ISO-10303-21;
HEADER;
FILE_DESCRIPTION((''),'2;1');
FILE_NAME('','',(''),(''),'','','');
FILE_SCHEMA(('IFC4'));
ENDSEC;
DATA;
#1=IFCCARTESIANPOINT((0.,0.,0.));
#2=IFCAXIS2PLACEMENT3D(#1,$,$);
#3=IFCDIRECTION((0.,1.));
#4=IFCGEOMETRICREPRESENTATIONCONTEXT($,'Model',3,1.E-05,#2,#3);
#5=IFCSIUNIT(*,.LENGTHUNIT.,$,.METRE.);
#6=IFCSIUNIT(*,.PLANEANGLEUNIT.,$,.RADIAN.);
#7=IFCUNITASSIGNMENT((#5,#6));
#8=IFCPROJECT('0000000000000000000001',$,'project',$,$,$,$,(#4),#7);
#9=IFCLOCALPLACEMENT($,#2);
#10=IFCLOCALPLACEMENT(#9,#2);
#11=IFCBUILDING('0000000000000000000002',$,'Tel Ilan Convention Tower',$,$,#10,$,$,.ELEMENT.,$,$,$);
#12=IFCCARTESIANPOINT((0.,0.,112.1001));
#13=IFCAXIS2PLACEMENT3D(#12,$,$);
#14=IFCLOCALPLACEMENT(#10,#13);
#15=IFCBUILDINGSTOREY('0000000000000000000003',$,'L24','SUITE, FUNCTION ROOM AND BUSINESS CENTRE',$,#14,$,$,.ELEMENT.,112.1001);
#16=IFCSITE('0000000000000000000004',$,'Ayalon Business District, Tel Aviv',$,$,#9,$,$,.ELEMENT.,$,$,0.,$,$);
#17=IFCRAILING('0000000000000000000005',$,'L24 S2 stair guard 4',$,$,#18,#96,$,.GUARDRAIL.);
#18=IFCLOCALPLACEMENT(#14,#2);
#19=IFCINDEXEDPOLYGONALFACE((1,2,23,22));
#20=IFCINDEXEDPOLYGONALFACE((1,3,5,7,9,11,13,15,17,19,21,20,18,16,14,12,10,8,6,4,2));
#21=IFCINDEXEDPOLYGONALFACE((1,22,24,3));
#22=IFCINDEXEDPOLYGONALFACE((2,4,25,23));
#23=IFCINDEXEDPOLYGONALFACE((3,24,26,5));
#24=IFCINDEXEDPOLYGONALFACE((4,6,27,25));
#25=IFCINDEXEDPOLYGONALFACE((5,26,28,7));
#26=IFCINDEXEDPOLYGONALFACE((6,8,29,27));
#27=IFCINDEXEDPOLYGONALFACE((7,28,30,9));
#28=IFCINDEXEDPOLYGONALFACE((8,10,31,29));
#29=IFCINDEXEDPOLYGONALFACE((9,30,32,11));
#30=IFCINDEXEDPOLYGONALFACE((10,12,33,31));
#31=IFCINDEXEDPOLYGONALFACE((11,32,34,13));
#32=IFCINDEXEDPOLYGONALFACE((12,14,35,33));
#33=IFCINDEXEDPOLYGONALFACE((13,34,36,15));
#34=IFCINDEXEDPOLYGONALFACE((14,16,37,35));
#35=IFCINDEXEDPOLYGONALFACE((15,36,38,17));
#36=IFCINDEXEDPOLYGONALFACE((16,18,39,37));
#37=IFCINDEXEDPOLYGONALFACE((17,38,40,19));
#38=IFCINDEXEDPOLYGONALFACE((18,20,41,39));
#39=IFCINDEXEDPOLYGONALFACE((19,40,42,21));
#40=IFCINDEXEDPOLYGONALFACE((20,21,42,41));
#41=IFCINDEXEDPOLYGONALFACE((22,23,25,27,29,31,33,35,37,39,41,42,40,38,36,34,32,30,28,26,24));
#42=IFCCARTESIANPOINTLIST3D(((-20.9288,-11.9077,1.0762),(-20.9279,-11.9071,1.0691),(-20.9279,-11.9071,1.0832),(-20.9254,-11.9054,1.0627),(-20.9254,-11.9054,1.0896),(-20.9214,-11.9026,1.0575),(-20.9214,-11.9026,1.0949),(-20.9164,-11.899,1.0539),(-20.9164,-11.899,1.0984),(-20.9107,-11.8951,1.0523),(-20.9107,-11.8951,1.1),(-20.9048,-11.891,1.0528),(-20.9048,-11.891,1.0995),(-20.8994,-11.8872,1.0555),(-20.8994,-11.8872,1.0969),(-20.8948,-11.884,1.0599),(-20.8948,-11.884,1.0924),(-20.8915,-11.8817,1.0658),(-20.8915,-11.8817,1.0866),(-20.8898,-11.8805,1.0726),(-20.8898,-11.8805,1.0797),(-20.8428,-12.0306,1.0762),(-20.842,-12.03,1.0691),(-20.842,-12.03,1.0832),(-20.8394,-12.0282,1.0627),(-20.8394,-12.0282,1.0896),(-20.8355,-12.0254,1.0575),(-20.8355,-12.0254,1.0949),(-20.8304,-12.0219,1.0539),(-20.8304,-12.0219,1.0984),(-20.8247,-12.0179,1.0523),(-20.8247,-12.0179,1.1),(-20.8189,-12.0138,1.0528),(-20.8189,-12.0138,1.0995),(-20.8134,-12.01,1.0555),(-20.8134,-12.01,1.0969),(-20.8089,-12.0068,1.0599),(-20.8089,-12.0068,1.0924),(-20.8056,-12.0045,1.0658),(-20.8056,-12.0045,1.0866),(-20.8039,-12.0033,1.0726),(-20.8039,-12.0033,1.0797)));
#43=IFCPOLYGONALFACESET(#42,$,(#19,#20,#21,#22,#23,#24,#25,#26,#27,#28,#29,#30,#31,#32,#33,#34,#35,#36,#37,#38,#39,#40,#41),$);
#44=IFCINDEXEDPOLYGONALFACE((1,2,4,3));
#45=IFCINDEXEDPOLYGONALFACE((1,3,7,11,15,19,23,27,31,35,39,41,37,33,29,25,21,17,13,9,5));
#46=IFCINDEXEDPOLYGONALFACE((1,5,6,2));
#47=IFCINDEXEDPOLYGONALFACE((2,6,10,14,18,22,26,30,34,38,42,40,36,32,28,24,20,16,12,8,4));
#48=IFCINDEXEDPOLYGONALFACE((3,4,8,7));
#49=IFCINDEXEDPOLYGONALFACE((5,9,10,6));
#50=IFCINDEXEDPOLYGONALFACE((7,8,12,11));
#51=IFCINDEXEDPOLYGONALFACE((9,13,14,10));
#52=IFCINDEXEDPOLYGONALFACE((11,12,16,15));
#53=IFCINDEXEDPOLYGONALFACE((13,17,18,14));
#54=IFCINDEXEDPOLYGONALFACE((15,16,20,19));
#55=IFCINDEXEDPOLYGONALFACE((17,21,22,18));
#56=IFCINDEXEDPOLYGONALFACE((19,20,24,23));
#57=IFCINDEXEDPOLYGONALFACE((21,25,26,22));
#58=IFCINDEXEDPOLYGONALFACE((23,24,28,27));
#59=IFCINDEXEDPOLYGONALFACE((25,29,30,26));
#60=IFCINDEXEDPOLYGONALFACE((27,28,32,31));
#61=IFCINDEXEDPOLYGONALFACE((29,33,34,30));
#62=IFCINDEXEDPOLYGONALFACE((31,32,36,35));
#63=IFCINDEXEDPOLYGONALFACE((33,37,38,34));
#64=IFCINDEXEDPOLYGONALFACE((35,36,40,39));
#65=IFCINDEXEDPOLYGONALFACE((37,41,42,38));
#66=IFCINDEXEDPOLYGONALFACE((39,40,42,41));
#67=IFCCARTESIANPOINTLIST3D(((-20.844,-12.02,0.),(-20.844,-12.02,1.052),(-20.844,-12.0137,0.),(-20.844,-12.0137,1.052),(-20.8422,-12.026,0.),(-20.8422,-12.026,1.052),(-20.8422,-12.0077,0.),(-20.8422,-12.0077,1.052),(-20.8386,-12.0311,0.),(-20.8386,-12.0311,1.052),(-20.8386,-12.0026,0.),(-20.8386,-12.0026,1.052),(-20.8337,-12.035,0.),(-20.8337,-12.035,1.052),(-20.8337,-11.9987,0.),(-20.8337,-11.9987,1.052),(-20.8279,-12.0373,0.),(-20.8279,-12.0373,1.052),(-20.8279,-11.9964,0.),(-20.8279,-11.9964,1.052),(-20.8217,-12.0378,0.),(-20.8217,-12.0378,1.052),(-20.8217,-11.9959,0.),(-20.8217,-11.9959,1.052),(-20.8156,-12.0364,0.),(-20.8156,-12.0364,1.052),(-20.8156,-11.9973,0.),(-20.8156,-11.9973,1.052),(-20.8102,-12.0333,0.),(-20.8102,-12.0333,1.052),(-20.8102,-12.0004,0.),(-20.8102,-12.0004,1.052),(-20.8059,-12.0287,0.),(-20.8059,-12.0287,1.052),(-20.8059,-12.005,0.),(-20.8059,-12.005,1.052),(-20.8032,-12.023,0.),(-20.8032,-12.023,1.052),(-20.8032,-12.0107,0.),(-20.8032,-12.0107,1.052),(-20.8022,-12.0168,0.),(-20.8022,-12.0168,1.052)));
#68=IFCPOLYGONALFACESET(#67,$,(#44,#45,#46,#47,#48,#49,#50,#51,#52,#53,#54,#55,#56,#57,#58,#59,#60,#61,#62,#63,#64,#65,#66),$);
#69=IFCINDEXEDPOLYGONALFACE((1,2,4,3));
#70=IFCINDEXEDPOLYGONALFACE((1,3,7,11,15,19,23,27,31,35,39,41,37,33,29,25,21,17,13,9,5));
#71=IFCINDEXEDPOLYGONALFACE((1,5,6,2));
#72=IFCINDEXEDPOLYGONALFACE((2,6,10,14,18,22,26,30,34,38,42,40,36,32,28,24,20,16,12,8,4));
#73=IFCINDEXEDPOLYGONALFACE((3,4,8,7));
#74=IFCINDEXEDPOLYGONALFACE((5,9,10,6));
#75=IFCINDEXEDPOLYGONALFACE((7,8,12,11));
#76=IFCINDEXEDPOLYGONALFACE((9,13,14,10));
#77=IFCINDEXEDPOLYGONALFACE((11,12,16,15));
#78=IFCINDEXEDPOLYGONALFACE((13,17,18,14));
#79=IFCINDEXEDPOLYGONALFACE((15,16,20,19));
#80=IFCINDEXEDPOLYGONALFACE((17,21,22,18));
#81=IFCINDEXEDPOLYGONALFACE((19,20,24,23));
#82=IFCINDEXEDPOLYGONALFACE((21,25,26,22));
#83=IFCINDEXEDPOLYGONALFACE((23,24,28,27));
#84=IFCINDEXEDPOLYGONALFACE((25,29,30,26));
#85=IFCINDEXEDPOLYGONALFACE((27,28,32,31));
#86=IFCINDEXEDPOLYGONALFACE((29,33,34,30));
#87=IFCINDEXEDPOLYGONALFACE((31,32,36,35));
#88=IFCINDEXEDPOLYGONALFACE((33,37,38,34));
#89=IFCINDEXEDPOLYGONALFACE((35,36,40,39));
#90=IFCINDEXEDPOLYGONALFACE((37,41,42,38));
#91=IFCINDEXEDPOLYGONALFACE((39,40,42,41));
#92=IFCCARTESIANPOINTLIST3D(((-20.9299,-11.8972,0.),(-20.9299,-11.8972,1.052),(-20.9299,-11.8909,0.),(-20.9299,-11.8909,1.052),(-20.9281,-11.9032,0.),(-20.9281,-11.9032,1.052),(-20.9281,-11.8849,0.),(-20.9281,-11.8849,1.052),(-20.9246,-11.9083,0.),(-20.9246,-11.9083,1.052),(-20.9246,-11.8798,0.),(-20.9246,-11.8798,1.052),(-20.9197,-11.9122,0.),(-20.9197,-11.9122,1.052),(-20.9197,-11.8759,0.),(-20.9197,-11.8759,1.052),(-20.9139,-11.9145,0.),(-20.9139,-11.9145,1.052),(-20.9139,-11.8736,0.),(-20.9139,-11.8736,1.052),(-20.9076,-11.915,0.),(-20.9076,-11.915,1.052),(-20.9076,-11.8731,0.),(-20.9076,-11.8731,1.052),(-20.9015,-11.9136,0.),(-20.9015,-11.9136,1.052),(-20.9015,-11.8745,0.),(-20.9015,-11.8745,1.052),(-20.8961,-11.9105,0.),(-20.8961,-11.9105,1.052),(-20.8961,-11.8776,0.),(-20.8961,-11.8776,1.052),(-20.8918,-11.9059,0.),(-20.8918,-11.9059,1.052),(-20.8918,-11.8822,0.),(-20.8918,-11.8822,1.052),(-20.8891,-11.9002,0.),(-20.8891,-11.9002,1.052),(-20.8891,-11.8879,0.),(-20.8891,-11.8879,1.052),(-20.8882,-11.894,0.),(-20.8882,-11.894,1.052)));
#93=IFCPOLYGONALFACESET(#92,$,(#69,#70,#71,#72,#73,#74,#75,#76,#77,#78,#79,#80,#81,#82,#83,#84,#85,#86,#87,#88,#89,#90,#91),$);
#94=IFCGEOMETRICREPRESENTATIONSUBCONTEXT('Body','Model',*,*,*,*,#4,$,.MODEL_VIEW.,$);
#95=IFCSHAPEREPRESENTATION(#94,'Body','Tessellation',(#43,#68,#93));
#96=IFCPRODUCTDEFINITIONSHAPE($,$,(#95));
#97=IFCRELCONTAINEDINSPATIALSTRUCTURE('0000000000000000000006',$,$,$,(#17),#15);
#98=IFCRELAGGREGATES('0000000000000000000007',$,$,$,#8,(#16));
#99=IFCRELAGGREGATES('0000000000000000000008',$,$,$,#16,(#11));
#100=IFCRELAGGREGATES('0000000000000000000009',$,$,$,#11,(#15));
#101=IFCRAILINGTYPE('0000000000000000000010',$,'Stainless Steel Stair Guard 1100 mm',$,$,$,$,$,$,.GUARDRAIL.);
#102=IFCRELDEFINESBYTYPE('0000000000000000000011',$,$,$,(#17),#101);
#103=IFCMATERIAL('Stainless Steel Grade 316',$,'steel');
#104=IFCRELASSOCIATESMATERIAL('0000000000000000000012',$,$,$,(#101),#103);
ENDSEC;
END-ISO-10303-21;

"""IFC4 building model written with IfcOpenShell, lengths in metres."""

from ifc_helpers import new_model, si_unit, direction, frame, origin, origin_2d, place, context, subcontext, project, spatial, circle, extrude, material, type_object, element, save


model = new_model("IFC4")

# Units and contexts
model_context = context("Model", 3, precision=1e-05, world=origin(), true_north=direction((0.0, 1.0)))
body_context = subcontext(model_context, "Body", "Model", "MODEL_VIEW")
ifc_project = project(units=[si_unit("LENGTHUNIT", "METRE"), si_unit("PLANEANGLEUNIT", "RADIAN")], contexts=[model_context])

# Site, building, storey
site_placement = place(None, origin())
site = spatial("IfcSite", under=ifc_project, at=site_placement, Name="Ayalon Business District, Tel Aviv", CompositionType="ELEMENT", RefElevation=0.0)
building_placement = place(site_placement, origin())
building = spatial("IfcBuilding", under=site, at=building_placement, Name="Tel Ilan Convention Tower", CompositionType="ELEMENT")
storey_placement = place(building_placement, frame((0.0, 0.0, 112.1001)))
storey = spatial("IfcBuildingStorey", under=building, at=storey_placement, Name="L24", Description="SUITE, FUNCTION ROOM AND BUSINESS CENTRE", CompositionType="ELEMENT", Elevation=112.1001)

# Railing
ifc_material_1 = material(Name="Stainless Steel Grade 316", Category="steel")
railing_type_1 = type_object("IfcRailingType", Name="Stainless Steel Stair Guard 1100 mm", PredefinedType="GUARDRAIL", material=ifc_material_1)
railing_1_placement = place(storey_placement, frame((-20.8232, -12.0168, 0.0)))
element("IfcRailing", 1, at=railing_1_placement, inside=storey, type_object=railing_type_1, Name="L24 S2 stair guard 4", PredefinedType="GUARDRAIL", context=body_context, shape_type="SweptSolid", body=[
    extrude(circle(Radius=0.0239, at=origin_2d()), frame((0.0, 0.0, 1.0762), z_axis=(-0.573353, 0.819308, 0.0), x_axis=(-0.819308, -0.573353, 0.0)), (0.0, 0.0, 1.0), 0.1499),
    extrude(circle(Radius=0.021, at=origin_2d()), origin(), (0.0, 0.0, 1.0), 1.052),
    extrude(circle(Radius=0.021, at=origin_2d()), frame((-0.0859, 0.1228, 0.0)), (0.0, 0.0, 1.0), 1.052),
])

save(model, "model.ifc")
